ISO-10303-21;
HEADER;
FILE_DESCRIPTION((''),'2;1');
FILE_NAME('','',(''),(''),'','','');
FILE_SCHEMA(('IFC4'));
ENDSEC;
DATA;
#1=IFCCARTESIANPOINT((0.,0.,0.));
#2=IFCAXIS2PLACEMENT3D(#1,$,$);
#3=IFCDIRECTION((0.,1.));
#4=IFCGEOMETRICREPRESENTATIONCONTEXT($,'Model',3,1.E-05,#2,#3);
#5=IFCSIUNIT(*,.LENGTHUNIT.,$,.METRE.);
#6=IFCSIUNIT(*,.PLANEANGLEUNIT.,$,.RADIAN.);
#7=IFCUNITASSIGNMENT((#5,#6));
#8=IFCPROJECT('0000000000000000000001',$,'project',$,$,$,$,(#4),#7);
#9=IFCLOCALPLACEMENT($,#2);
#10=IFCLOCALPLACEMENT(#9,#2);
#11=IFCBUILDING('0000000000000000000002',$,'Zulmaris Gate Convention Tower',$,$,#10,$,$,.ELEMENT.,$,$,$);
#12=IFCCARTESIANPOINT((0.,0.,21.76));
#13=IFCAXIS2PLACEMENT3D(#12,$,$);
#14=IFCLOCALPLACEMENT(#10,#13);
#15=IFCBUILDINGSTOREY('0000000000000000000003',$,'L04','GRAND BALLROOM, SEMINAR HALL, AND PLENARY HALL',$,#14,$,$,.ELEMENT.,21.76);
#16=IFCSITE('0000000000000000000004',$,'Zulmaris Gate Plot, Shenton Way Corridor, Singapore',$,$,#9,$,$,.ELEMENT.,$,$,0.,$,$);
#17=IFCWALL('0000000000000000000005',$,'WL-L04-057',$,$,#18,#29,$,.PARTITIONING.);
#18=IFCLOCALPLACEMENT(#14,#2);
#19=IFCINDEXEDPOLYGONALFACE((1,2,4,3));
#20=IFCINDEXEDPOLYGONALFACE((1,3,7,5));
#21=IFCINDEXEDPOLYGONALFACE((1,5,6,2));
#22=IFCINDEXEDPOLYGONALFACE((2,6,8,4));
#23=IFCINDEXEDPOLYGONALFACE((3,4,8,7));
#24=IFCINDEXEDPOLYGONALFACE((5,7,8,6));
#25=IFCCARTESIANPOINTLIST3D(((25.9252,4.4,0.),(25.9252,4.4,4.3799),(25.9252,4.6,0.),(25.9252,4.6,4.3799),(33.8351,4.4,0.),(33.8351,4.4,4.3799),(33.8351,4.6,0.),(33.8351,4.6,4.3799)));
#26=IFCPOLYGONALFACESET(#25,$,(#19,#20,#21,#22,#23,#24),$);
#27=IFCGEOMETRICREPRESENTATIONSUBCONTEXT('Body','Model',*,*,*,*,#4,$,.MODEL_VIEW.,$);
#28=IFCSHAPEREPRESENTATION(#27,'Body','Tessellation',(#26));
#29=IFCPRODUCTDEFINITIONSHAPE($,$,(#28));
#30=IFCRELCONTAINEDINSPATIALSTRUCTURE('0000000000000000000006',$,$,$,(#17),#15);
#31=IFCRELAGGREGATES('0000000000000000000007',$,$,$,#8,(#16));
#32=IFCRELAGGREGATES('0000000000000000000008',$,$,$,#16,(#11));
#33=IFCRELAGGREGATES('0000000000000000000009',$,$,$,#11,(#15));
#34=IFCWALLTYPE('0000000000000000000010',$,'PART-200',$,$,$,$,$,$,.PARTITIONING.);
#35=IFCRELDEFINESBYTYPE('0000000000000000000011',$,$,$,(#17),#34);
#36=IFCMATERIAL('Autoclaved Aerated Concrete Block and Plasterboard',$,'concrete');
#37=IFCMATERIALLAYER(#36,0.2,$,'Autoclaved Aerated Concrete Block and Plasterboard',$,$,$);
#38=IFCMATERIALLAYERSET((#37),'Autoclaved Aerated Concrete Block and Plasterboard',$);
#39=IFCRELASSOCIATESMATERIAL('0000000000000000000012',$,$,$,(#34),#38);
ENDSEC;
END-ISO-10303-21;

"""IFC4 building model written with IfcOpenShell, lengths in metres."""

from ifc_helpers import new_model, si_unit, direction, frame, frame_2d, origin, place, context, subcontext, project, spatial, rectangle, extrude, material, layer, layer_set, type_object, element, save


model = new_model("IFC4")

# Units and contexts
model_context = context("Model", 3, precision=1e-05, world=origin(), true_north=direction((0.0, 1.0)))
body_context = subcontext(model_context, "Body", "Model", "MODEL_VIEW")
ifc_project = project(units=[si_unit("LENGTHUNIT", "METRE"), si_unit("PLANEANGLEUNIT", "RADIAN")], contexts=[model_context])

# Site, building, storey
site_placement = place(None, origin())
site = spatial("IfcSite", under=ifc_project, at=site_placement, Name="Zulmaris Gate Plot, Shenton Way Corridor, Singapore", CompositionType="ELEMENT", RefElevation=0.0)
building_placement = place(site_placement, origin())
building = spatial("IfcBuilding", under=site, at=building_placement, Name="Zulmaris Gate Convention Tower", CompositionType="ELEMENT")
storey_placement = place(building_placement, frame((0.0, 0.0, 21.76)))
storey = spatial("IfcBuildingStorey", under=building, at=storey_placement, Name="L04", Description="GRAND BALLROOM, SEMINAR HALL, AND PLENARY HALL", CompositionType="ELEMENT", Elevation=21.76)

# Wall
ifc_material_1 = material(Name="Autoclaved Aerated Concrete Block and Plasterboard", Category="concrete")
ifc_layer_1 = layer(ifc_material_1, 0.2, Name="Autoclaved Aerated Concrete Block and Plasterboard")
ifc_layer_set_1 = layer_set([ifc_layer_1], Name="Autoclaved Aerated Concrete Block and Plasterboard")
wall_type_1 = type_object("IfcWallType", Name="PART-200", PredefinedType="PARTITIONING", material=ifc_layer_set_1)
wall_1_placement = place(storey_placement, frame((25.925, 4.5, 0.0), z_axis=(0.0, 0.0, 1.0), x_axis=(1.0, 0.0, 0.0)))
element("IfcWall", 1, at=wall_1_placement, inside=storey, type_object=wall_type_1, Name="WL-L04-057", PredefinedType="PARTITIONING", context=body_context, shape_type="SweptSolid", body=[
    extrude(rectangle(XDim=7.9099, YDim=0.2, at=frame_2d((3.9551, 0.0))), origin(), (0.0, 0.0, 1.0), 4.3799),
])

save(model, "model.ifc")
